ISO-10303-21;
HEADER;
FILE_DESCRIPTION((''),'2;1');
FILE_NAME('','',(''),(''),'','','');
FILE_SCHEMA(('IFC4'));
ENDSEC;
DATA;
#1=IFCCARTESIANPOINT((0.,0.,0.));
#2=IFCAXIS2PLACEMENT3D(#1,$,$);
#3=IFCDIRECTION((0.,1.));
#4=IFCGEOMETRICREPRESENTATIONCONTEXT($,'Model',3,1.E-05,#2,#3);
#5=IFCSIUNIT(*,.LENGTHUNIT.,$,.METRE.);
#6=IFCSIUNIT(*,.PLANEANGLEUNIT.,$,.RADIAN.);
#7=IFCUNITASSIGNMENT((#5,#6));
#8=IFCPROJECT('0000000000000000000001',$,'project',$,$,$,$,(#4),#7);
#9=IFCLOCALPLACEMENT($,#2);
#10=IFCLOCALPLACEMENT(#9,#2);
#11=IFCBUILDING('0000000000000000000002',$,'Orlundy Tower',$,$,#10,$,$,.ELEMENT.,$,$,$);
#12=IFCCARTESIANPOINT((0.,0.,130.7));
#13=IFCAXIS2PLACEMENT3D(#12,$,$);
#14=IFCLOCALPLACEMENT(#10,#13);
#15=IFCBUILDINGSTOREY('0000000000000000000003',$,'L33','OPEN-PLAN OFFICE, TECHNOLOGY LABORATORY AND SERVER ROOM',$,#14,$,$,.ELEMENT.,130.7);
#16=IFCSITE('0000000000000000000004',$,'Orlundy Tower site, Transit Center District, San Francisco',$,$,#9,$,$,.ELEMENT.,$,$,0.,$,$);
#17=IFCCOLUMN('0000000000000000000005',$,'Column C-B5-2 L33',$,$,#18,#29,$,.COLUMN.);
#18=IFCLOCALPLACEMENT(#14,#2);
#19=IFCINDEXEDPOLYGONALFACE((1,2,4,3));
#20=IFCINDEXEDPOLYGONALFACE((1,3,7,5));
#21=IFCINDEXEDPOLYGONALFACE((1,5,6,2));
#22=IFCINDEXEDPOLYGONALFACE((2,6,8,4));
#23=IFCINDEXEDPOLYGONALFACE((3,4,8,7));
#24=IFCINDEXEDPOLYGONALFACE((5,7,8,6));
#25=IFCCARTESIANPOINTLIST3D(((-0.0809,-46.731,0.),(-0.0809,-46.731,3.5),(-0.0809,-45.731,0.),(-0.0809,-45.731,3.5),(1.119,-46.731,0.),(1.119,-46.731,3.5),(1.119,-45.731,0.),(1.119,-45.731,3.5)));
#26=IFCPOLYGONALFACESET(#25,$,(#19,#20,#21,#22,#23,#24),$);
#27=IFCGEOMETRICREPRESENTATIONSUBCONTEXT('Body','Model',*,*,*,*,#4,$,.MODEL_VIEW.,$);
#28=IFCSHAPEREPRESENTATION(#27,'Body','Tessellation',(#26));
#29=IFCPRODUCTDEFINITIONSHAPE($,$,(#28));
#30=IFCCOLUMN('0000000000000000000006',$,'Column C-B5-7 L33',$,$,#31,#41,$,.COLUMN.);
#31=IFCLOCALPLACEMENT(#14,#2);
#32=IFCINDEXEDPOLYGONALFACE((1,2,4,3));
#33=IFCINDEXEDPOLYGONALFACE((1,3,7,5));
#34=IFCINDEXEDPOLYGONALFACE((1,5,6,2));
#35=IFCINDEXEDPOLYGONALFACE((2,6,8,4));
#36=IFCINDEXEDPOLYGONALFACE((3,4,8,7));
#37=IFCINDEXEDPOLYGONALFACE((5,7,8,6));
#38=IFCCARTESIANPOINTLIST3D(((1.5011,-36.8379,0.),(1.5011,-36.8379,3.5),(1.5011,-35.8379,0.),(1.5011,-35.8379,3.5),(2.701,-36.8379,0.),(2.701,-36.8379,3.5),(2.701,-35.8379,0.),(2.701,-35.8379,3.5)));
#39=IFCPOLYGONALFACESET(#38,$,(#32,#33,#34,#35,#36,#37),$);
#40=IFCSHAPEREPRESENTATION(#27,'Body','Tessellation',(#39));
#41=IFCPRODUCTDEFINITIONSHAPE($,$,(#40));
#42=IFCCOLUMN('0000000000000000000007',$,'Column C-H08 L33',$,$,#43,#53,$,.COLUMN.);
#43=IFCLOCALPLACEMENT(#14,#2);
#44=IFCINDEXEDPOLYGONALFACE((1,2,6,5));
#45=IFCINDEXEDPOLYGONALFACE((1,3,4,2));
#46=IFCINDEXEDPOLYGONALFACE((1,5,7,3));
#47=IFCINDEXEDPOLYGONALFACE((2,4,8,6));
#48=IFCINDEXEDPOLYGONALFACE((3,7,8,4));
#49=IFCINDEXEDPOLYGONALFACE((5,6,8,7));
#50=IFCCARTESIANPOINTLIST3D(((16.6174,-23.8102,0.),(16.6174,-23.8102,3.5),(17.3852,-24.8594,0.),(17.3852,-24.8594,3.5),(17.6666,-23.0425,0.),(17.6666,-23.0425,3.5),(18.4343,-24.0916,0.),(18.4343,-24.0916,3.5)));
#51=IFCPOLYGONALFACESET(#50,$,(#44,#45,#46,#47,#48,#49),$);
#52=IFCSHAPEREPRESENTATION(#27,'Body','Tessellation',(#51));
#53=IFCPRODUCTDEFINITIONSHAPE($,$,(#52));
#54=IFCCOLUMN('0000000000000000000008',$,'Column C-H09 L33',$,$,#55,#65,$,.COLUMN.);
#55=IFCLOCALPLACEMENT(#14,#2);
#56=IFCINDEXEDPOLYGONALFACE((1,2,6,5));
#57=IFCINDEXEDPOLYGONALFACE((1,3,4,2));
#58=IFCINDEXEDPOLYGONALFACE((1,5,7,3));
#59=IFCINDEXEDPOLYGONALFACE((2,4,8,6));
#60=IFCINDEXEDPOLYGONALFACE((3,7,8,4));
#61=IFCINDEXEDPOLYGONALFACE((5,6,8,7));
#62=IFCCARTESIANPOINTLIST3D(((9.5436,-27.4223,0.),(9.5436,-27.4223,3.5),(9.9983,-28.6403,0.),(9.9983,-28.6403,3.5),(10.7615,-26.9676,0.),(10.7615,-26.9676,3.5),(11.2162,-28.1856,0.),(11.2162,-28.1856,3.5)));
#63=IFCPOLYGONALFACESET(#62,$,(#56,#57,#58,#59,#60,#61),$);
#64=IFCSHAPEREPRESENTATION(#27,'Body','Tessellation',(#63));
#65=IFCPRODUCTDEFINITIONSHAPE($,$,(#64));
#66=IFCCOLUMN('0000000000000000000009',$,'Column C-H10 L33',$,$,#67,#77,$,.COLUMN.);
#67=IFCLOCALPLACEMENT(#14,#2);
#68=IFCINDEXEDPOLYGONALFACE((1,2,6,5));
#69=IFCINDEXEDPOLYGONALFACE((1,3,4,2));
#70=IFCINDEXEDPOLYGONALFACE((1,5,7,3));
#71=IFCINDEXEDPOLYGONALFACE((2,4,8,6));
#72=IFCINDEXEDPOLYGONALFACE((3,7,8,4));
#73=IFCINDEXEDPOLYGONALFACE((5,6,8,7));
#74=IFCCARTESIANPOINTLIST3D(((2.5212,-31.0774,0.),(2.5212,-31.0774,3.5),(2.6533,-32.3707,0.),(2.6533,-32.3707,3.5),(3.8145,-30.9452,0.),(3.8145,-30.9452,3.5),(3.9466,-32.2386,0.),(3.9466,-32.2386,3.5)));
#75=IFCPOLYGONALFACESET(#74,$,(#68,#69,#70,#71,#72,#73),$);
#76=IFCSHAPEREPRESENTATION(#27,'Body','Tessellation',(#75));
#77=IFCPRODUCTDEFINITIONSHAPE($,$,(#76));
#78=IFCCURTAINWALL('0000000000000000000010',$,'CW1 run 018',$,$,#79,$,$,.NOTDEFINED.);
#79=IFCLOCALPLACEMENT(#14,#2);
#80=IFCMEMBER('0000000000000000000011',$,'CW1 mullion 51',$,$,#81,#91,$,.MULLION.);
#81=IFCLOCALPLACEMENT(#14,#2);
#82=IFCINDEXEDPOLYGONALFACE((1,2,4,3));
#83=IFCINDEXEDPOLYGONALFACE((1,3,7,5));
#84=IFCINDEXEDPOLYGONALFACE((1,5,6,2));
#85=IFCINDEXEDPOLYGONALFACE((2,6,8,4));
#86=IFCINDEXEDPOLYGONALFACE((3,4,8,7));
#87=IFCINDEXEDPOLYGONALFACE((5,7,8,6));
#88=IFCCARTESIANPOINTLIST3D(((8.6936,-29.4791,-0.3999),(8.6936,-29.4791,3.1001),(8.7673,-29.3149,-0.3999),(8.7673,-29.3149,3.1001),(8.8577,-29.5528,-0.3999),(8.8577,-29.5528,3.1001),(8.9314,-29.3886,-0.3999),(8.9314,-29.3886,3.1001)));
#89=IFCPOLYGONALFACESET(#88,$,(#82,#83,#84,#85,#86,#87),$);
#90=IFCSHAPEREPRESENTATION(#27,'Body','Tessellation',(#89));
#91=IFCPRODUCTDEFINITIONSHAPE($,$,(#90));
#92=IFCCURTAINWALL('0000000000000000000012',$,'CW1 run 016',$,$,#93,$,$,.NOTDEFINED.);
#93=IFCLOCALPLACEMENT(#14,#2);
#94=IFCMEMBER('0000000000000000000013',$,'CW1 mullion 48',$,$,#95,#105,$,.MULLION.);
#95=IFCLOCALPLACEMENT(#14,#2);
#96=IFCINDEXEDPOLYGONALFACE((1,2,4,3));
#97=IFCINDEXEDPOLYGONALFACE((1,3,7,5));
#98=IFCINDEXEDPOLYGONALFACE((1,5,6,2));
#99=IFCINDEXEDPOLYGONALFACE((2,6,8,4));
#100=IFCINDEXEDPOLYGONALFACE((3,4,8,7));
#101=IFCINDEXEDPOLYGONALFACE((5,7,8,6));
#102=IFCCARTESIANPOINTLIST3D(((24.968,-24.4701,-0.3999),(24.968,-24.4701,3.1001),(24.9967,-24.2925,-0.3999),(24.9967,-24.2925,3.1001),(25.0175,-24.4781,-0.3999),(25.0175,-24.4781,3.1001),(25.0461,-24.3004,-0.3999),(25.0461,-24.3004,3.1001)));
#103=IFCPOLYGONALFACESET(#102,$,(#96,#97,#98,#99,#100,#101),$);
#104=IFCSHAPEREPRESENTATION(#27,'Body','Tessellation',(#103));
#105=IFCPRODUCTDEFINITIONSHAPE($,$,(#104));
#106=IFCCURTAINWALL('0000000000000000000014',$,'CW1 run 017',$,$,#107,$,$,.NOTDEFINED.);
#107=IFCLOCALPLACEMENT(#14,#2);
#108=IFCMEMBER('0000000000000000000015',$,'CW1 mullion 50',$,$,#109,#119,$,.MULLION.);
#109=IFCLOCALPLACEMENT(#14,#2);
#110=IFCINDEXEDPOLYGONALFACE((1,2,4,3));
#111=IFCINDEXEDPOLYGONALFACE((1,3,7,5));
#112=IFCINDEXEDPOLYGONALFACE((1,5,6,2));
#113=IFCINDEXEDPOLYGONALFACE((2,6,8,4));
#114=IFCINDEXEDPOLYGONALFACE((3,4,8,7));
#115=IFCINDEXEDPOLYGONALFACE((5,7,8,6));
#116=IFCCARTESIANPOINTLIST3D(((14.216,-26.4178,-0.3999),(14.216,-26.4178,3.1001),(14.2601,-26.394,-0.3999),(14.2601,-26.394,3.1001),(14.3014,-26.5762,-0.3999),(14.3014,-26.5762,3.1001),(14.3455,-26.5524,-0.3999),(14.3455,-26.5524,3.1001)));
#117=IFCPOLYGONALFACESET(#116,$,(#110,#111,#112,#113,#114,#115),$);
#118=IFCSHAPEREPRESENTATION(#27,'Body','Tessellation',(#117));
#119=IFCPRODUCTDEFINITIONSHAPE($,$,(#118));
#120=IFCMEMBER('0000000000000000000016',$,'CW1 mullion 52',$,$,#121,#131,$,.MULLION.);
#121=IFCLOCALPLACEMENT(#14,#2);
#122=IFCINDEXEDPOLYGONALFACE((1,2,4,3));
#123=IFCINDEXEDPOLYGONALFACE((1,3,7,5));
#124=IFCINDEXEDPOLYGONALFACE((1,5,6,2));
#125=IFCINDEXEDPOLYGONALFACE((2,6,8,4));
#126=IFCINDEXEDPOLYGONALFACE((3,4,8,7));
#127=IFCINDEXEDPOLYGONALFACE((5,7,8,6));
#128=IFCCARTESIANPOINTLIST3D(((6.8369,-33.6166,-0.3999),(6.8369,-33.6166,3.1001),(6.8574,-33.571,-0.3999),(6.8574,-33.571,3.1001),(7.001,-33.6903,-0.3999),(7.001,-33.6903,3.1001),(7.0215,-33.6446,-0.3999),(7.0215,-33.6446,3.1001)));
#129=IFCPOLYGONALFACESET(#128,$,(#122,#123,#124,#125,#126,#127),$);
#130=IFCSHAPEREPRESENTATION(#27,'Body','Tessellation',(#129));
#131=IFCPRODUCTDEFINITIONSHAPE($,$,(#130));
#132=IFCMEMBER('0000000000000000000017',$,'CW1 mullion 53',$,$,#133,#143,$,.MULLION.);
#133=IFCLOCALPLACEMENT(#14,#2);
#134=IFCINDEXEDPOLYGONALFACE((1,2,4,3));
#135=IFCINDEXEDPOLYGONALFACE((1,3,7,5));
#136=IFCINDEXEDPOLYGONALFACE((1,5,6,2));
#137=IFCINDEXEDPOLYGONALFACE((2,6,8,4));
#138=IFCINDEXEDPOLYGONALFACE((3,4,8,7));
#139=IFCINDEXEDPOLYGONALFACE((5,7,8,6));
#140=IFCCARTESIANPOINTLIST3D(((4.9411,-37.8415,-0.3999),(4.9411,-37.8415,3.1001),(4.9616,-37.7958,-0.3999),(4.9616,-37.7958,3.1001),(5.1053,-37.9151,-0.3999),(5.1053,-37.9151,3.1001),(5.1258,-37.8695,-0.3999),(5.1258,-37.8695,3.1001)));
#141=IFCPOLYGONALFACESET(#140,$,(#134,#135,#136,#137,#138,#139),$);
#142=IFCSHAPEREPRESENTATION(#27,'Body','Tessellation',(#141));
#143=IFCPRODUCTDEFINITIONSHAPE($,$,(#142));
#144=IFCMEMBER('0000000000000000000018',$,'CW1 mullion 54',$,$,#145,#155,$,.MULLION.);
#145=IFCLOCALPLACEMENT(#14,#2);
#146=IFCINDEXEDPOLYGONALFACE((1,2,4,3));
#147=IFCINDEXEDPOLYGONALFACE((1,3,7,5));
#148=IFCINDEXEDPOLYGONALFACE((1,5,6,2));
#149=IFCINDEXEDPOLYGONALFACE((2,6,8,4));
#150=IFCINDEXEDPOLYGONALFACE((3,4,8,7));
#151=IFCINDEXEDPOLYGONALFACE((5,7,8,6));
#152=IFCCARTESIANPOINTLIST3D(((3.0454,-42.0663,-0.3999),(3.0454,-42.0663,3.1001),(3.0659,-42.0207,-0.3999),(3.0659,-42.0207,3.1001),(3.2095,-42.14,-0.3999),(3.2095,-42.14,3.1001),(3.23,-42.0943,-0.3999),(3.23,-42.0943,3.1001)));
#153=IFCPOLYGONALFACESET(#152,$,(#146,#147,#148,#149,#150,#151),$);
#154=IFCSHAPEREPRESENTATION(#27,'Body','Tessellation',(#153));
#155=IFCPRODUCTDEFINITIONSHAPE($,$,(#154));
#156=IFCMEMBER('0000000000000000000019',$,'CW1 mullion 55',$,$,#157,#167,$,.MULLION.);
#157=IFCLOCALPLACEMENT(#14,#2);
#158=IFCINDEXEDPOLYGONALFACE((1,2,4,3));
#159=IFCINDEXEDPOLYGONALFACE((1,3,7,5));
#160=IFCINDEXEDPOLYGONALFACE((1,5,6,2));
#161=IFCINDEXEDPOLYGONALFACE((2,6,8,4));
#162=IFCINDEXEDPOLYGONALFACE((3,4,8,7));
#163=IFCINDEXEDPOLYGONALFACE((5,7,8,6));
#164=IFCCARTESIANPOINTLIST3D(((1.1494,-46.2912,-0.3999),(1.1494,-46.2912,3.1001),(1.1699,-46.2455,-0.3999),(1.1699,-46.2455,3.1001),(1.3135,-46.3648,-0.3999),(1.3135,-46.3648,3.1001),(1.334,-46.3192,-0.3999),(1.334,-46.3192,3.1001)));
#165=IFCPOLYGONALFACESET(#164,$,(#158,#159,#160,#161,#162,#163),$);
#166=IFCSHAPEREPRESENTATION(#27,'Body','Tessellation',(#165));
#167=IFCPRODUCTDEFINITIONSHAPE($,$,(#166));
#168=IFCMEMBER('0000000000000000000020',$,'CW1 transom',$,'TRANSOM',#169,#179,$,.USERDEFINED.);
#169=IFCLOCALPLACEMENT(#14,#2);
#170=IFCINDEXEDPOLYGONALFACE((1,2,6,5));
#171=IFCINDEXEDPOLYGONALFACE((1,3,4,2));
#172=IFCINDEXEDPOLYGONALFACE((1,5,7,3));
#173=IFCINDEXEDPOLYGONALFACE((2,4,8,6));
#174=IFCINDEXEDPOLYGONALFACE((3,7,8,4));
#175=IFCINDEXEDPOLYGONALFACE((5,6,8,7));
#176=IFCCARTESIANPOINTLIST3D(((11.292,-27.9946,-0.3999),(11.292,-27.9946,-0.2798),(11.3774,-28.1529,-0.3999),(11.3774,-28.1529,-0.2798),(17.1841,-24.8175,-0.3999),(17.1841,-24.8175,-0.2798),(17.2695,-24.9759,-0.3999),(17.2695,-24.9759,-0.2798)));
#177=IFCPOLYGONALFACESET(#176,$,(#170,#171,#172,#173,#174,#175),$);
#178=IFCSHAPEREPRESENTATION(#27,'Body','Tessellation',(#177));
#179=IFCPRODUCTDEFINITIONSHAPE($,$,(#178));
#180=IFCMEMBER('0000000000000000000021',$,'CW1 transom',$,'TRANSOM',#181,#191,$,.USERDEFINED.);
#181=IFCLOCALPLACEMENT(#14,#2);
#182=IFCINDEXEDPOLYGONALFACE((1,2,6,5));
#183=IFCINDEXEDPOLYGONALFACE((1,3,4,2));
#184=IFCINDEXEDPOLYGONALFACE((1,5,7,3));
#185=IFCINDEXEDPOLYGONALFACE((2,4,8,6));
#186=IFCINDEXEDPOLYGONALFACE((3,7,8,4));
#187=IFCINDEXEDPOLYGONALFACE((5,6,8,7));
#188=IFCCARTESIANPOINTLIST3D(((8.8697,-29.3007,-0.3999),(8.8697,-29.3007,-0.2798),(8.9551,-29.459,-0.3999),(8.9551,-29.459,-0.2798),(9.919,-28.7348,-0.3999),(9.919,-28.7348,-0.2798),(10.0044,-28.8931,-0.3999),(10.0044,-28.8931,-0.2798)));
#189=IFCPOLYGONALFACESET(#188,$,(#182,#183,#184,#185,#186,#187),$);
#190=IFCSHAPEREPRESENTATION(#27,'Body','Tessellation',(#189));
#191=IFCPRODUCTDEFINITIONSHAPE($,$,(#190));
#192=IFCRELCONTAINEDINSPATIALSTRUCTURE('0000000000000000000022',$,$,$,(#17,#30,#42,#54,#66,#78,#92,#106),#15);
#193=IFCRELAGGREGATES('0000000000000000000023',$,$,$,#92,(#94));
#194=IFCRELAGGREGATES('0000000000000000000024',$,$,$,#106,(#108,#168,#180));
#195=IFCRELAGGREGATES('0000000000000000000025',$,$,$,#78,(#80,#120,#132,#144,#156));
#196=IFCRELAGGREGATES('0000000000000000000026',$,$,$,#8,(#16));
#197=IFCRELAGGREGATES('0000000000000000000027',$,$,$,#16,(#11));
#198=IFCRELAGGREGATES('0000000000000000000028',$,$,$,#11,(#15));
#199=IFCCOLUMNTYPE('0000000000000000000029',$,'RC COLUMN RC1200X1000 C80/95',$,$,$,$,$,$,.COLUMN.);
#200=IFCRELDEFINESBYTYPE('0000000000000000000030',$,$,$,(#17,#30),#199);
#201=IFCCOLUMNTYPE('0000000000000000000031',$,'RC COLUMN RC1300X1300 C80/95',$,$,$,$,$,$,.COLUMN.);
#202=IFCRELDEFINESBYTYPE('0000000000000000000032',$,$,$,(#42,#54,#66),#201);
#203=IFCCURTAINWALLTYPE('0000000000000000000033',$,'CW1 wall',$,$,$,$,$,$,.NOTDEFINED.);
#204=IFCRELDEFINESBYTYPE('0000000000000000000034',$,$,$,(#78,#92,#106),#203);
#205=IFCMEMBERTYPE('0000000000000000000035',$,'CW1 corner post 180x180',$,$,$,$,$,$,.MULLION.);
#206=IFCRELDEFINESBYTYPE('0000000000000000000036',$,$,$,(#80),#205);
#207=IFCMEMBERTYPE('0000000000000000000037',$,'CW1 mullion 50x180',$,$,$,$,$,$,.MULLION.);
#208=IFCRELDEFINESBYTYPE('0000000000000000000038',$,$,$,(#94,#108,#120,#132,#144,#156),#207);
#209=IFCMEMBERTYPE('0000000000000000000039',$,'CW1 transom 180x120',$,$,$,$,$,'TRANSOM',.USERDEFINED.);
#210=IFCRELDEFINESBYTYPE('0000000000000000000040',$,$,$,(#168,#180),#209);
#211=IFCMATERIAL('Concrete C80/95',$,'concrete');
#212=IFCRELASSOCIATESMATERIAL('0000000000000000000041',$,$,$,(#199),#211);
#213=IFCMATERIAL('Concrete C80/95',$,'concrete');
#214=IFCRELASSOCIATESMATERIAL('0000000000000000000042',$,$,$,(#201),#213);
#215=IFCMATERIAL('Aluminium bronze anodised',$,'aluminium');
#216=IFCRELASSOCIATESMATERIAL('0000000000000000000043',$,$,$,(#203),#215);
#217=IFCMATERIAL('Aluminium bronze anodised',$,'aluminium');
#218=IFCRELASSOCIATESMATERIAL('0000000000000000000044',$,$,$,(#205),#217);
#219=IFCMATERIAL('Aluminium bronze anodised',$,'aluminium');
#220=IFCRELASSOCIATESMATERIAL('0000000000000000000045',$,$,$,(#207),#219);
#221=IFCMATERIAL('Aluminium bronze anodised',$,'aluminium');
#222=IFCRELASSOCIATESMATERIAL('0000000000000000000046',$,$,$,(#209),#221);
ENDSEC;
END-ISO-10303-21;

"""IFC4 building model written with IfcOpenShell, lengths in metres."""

from ifc_helpers import new_model, si_unit, direction, frame, origin, origin_2d, place, context, subcontext, project, spatial, rectangle, extrude, material, material_profile, profile_set, type_object, element, aggregate, save


model = new_model("IFC4")

# Units and contexts
model_context = context("Model", 3, precision=1e-05, world=origin(), true_north=direction((0.0, 1.0)))
body_context = subcontext(model_context, "Body", "Model", "MODEL_VIEW")
ifc_project = project(units=[si_unit("LENGTHUNIT", "METRE"), si_unit("PLANEANGLEUNIT", "RADIAN")], contexts=[model_context])

# Site, building, storey
site_placement = place(None, origin())
site = spatial("IfcSite", under=ifc_project, at=site_placement, Name="Orlundy Tower site, Transit Center District, San Francisco", CompositionType="ELEMENT", RefElevation=0.0)
building_placement = place(site_placement, origin())
building = spatial("IfcBuilding", under=site, at=building_placement, Name="Orlundy Tower", CompositionType="ELEMENT")
storey_placement = place(building_placement, frame((0.0, 0.0, 130.7)))
storey = spatial("IfcBuildingStorey", under=building, at=storey_placement, Name="L33", Description="OPEN-PLAN OFFICE, TECHNOLOGY LABORATORY AND SERVER ROOM", CompositionType="ELEMENT", Elevation=130.7)

# Columns
ifc_material_1 = material(Name="Concrete C80/95", Category="concrete")
ifc_material_profile_1 = material_profile(ifc_material_1, rectangle(XDim=1.2, YDim=1.0, at=origin_2d()), Name="RC1200X1000")
ifc_profile_set_1 = profile_set([ifc_material_profile_1], Name="Concrete C80/95")
column_type_1 = type_object("IfcColumnType", Name="RC COLUMN RC1200X1000 C80/95", PredefinedType="COLUMN", material=ifc_profile_set_1)
for number, where, z_axis, x_axis, name in (
    (1, (0.519, -46.231, 0.0), (0.0, 0.0, 1.0), (1.0, 0.0, 0.0), "Column C-B5-2 L33"),
    (2, (2.1011, -36.3379, 0.0), (0.0, 0.0, 1.0), (1.0, 0.0, 0.0), "Column C-B5-7 L33"),
):
    element("IfcColumn", number, at=place(storey_placement, frame(where, z_axis=z_axis, x_axis=x_axis)), inside=storey, type_object=column_type_1, Name=name, PredefinedType="COLUMN", context=body_context, shape_type="SweptSolid", body=[
        extrude(rectangle(XDim=1.2, YDim=1.0, at=origin_2d()), origin(), (0.0, 0.0, 1.0), 3.5),
    ])
ifc_material_2 = material(Name="Concrete C80/95", Category="concrete")
ifc_material_profile_2 = material_profile(ifc_material_2, rectangle(XDim=1.3, YDim=1.3, at=origin_2d()), Name="RC1300X1300")
ifc_profile_set_2 = profile_set([ifc_material_profile_2], Name="Concrete C80/95")
column_type_2 = type_object("IfcColumnType", Name="RC COLUMN RC1300X1300 C80/95", PredefinedType="COLUMN", material=ifc_profile_set_2)
for number, where, z_axis, x_axis, name in (
    (3, (17.5259, -23.9509, 0.0), (0.0, 0.0, 1.0), (0.590535, -0.807012, 0.0), "Column C-H08 L33"),
    (4, (10.3799, -27.804, 0.0), (0.0, 0.0, 1.0), (0.34975, -0.936843, 0.0), "Column C-H09 L33"),
    (5, (3.2339, -31.658, 0.0), (0.0, 0.0, 1.0), (0.101629, -0.994822, 0.0), "Column C-H10 L33"),
):
    element("IfcColumn", number, at=place(storey_placement, frame(where, z_axis=z_axis, x_axis=x_axis)), inside=storey, type_object=column_type_2, Name=name, PredefinedType="COLUMN", context=body_context, shape_type="SweptSolid", body=[
        extrude(rectangle(XDim=1.3, YDim=1.3, at=origin_2d()), origin(), (0.0, 0.0, 1.0), 3.5),
    ])

# Curtain walls, members
ifc_material_3 = material(Name="Aluminium bronze anodised", Category="aluminium")
curtain_wall_type = type_object("IfcCurtainWallType", Name="CW1 wall", PredefinedType="NOTDEFINED", material=ifc_material_3)
curtain_wall_1_placement = place(storey_placement, origin())
curtain_wall_1 = element("IfcCurtainWall", 6, at=curtain_wall_1_placement, inside=storey, type_object=curtain_wall_type, Name="CW1 run 018", PredefinedType="NOTDEFINED")
ifc_material_4 = material(Name="Aluminium bronze anodised", Category="aluminium")
ifc_material_profile_3 = material_profile(ifc_material_4, rectangle(XDim=0.1799, YDim=0.1799, at=origin_2d()), Name="CW1 corner post 180x180")
ifc_profile_set_3 = profile_set([ifc_material_profile_3], Name="Aluminium bronze anodised")
member_type_1 = type_object("IfcMemberType", Name="CW1 corner post 180x180", PredefinedType="MULLION", material=ifc_profile_set_3)
member_1_placement = place(storey_placement, frame((8.8125, -29.4338, -0.3999), z_axis=(0.0, 0.0, 1.0), x_axis=(0.912353, -0.409405, 0.0)))
member_1 = element("IfcMember", 7, at=member_1_placement, type_object=member_type_1, Name="CW1 mullion 51", PredefinedType="MULLION", context=body_context, shape_type="SweptSolid", body=[
    extrude(rectangle(XDim=0.1799, YDim=0.1799, at=origin_2d()), origin(), (0.0, 0.0, 1.0), 3.5),
])
curtain_wall_2_placement = place(storey_placement, origin())
curtain_wall_2 = element("IfcCurtainWall", 8, at=curtain_wall_2_placement, inside=storey, type_object=curtain_wall_type, Name="CW1 run 016", PredefinedType="NOTDEFINED")
ifc_material_5 = material(Name="Aluminium bronze anodised", Category="aluminium")
ifc_material_profile_4 = material_profile(ifc_material_5, rectangle(XDim=0.1799, YDim=0.05, at=origin_2d()), Name="CW1 mullion 50x180")
ifc_profile_set_4 = profile_set([ifc_material_profile_4], Name="Aluminium bronze anodised")
member_type_2 = type_object("IfcMemberType", Name="CW1 mullion 50x180", PredefinedType="MULLION", material=ifc_profile_set_4)
member_2_placement = place(storey_placement, frame((25.0071, -24.3853, -0.3999), z_axis=(0.0, 0.0, 1.0), x_axis=(-0.159311, -0.987228, 0.0)))
member_2 = element("IfcMember", 9, at=member_2_placement, type_object=member_type_2, Name="CW1 mullion 48", PredefinedType="MULLION", context=body_context, shape_type="SweptSolid", body=[
    extrude(rectangle(XDim=0.1799, YDim=0.05, at=origin_2d()), origin(), (0.0, 0.0, 1.0), 3.5),
])
curtain_wall_3_placement = place(storey_placement, origin())
curtain_wall_3 = element("IfcCurtainWall", 10, at=curtain_wall_3_placement, inside=storey, type_object=curtain_wall_type, Name="CW1 run 017", PredefinedType="NOTDEFINED")
member_3_placement = place(storey_placement, frame((14.2808, -26.4851, -0.3999), z_axis=(0.0, 0.0, 1.0), x_axis=(0.474616, -0.880193, 0.0)))
member_3 = element("IfcMember", 11, at=member_3_placement, type_object=member_type_2, Name="CW1 mullion 50", PredefinedType="MULLION", context=body_context, shape_type="SweptSolid", body=[
    extrude(rectangle(XDim=0.1799, YDim=0.05, at=origin_2d()), origin(), (0.0, 0.0, 1.0), 3.5),
])

# Members
member_4_placement = place(storey_placement, frame((6.9292, -33.6306, -0.3999), z_axis=(0.0, 0.0, 1.0), x_axis=(0.912353, -0.409405, 0.0)))
member_4 = element("IfcMember", 12, at=member_4_placement, type_object=member_type_2, Name="CW1 mullion 52", PredefinedType="MULLION", context=body_context, shape_type="SweptSolid", body=[
    extrude(rectangle(XDim=0.1799, YDim=0.05, at=origin_2d()), origin(), (0.0, 0.0, 1.0), 3.5),
])
member_5_placement = place(storey_placement, frame((5.0334, -37.8555, -0.3999), z_axis=(0.0, 0.0, 1.0), x_axis=(0.912353, -0.409405, 0.0)))
member_5 = element("IfcMember", 13, at=member_5_placement, type_object=member_type_2, Name="CW1 mullion 53", PredefinedType="MULLION", context=body_context, shape_type="SweptSolid", body=[
    extrude(rectangle(XDim=0.1799, YDim=0.05, at=origin_2d()), origin(), (0.0, 0.0, 1.0), 3.5),
])
member_6_placement = place(storey_placement, frame((3.1377, -42.0803, -0.3999), z_axis=(0.0, 0.0, 1.0), x_axis=(0.912353, -0.409405, 0.0)))
member_6 = element("IfcMember", 14, at=member_6_placement, type_object=member_type_2, Name="CW1 mullion 54", PredefinedType="MULLION", context=body_context, shape_type="SweptSolid", body=[
    extrude(rectangle(XDim=0.1799, YDim=0.05, at=origin_2d()), origin(), (0.0, 0.0, 1.0), 3.5),
])
member_7_placement = place(storey_placement, frame((1.2417, -46.3052, -0.3999), z_axis=(0.0, 0.0, 1.0), x_axis=(0.912353, -0.409405, 0.0)))
member_7 = element("IfcMember", 15, at=member_7_placement, type_object=member_type_2, Name="CW1 mullion 55", PredefinedType="MULLION", context=body_context, shape_type="SweptSolid", body=[
    extrude(rectangle(XDim=0.1799, YDim=0.05, at=origin_2d()), origin(), (0.0, 0.0, 1.0), 3.5),
])
ifc_material_6 = material(Name="Aluminium bronze anodised", Category="aluminium")
ifc_material_profile_5 = material_profile(ifc_material_6, rectangle(XDim=0.1799, YDim=0.1201, at=origin_2d()), Name="CW1 transom 180x120")
ifc_profile_set_5 = profile_set([ifc_material_profile_5], Name="Aluminium bronze anodised")
member_type_3 = type_object("IfcMemberType", Name="CW1 transom 180x120", ElementType="TRANSOM", PredefinedType="USERDEFINED", material=ifc_profile_set_5)
member_8_placement = place(storey_placement, frame((17.2268, -24.8967, -0.3398), z_axis=(-0.8802, -0.474602, 0.0), x_axis=(0.474602, -0.8802, 0.0)))
member_8 = element("IfcMember", 16, at=member_8_placement, type_object=member_type_3, Name="CW1 transom", ObjectType="TRANSOM", PredefinedType="USERDEFINED", context=body_context, shape_type="SweptSolid", body=[
    extrude(rectangle(XDim=0.1799, YDim=0.1201, at=origin_2d()), origin(), (0.0, 0.0, 1.0), 6.6941),
])
member_9_placement = place(storey_placement, frame((9.9617, -28.814, -0.3398), z_axis=(-0.880155, -0.474686, 0.0), x_axis=(0.474686, -0.880155, 0.0)))
member_9 = element("IfcMember", 17, at=member_9_placement, type_object=member_type_3, Name="CW1 transom", ObjectType="TRANSOM", PredefinedType="USERDEFINED", context=body_context, shape_type="SweptSolid", body=[
    extrude(rectangle(XDim=0.1799, YDim=0.1201, at=origin_2d()), origin(), (0.0, 0.0, 1.0), 1.1921),
])

aggregate(curtain_wall_2, [member_2])
aggregate(curtain_wall_3, [member_3, member_8, member_9])
aggregate(curtain_wall_1, [member_1, member_4, member_5, member_6, member_7])

save(model, "model.ifc")
